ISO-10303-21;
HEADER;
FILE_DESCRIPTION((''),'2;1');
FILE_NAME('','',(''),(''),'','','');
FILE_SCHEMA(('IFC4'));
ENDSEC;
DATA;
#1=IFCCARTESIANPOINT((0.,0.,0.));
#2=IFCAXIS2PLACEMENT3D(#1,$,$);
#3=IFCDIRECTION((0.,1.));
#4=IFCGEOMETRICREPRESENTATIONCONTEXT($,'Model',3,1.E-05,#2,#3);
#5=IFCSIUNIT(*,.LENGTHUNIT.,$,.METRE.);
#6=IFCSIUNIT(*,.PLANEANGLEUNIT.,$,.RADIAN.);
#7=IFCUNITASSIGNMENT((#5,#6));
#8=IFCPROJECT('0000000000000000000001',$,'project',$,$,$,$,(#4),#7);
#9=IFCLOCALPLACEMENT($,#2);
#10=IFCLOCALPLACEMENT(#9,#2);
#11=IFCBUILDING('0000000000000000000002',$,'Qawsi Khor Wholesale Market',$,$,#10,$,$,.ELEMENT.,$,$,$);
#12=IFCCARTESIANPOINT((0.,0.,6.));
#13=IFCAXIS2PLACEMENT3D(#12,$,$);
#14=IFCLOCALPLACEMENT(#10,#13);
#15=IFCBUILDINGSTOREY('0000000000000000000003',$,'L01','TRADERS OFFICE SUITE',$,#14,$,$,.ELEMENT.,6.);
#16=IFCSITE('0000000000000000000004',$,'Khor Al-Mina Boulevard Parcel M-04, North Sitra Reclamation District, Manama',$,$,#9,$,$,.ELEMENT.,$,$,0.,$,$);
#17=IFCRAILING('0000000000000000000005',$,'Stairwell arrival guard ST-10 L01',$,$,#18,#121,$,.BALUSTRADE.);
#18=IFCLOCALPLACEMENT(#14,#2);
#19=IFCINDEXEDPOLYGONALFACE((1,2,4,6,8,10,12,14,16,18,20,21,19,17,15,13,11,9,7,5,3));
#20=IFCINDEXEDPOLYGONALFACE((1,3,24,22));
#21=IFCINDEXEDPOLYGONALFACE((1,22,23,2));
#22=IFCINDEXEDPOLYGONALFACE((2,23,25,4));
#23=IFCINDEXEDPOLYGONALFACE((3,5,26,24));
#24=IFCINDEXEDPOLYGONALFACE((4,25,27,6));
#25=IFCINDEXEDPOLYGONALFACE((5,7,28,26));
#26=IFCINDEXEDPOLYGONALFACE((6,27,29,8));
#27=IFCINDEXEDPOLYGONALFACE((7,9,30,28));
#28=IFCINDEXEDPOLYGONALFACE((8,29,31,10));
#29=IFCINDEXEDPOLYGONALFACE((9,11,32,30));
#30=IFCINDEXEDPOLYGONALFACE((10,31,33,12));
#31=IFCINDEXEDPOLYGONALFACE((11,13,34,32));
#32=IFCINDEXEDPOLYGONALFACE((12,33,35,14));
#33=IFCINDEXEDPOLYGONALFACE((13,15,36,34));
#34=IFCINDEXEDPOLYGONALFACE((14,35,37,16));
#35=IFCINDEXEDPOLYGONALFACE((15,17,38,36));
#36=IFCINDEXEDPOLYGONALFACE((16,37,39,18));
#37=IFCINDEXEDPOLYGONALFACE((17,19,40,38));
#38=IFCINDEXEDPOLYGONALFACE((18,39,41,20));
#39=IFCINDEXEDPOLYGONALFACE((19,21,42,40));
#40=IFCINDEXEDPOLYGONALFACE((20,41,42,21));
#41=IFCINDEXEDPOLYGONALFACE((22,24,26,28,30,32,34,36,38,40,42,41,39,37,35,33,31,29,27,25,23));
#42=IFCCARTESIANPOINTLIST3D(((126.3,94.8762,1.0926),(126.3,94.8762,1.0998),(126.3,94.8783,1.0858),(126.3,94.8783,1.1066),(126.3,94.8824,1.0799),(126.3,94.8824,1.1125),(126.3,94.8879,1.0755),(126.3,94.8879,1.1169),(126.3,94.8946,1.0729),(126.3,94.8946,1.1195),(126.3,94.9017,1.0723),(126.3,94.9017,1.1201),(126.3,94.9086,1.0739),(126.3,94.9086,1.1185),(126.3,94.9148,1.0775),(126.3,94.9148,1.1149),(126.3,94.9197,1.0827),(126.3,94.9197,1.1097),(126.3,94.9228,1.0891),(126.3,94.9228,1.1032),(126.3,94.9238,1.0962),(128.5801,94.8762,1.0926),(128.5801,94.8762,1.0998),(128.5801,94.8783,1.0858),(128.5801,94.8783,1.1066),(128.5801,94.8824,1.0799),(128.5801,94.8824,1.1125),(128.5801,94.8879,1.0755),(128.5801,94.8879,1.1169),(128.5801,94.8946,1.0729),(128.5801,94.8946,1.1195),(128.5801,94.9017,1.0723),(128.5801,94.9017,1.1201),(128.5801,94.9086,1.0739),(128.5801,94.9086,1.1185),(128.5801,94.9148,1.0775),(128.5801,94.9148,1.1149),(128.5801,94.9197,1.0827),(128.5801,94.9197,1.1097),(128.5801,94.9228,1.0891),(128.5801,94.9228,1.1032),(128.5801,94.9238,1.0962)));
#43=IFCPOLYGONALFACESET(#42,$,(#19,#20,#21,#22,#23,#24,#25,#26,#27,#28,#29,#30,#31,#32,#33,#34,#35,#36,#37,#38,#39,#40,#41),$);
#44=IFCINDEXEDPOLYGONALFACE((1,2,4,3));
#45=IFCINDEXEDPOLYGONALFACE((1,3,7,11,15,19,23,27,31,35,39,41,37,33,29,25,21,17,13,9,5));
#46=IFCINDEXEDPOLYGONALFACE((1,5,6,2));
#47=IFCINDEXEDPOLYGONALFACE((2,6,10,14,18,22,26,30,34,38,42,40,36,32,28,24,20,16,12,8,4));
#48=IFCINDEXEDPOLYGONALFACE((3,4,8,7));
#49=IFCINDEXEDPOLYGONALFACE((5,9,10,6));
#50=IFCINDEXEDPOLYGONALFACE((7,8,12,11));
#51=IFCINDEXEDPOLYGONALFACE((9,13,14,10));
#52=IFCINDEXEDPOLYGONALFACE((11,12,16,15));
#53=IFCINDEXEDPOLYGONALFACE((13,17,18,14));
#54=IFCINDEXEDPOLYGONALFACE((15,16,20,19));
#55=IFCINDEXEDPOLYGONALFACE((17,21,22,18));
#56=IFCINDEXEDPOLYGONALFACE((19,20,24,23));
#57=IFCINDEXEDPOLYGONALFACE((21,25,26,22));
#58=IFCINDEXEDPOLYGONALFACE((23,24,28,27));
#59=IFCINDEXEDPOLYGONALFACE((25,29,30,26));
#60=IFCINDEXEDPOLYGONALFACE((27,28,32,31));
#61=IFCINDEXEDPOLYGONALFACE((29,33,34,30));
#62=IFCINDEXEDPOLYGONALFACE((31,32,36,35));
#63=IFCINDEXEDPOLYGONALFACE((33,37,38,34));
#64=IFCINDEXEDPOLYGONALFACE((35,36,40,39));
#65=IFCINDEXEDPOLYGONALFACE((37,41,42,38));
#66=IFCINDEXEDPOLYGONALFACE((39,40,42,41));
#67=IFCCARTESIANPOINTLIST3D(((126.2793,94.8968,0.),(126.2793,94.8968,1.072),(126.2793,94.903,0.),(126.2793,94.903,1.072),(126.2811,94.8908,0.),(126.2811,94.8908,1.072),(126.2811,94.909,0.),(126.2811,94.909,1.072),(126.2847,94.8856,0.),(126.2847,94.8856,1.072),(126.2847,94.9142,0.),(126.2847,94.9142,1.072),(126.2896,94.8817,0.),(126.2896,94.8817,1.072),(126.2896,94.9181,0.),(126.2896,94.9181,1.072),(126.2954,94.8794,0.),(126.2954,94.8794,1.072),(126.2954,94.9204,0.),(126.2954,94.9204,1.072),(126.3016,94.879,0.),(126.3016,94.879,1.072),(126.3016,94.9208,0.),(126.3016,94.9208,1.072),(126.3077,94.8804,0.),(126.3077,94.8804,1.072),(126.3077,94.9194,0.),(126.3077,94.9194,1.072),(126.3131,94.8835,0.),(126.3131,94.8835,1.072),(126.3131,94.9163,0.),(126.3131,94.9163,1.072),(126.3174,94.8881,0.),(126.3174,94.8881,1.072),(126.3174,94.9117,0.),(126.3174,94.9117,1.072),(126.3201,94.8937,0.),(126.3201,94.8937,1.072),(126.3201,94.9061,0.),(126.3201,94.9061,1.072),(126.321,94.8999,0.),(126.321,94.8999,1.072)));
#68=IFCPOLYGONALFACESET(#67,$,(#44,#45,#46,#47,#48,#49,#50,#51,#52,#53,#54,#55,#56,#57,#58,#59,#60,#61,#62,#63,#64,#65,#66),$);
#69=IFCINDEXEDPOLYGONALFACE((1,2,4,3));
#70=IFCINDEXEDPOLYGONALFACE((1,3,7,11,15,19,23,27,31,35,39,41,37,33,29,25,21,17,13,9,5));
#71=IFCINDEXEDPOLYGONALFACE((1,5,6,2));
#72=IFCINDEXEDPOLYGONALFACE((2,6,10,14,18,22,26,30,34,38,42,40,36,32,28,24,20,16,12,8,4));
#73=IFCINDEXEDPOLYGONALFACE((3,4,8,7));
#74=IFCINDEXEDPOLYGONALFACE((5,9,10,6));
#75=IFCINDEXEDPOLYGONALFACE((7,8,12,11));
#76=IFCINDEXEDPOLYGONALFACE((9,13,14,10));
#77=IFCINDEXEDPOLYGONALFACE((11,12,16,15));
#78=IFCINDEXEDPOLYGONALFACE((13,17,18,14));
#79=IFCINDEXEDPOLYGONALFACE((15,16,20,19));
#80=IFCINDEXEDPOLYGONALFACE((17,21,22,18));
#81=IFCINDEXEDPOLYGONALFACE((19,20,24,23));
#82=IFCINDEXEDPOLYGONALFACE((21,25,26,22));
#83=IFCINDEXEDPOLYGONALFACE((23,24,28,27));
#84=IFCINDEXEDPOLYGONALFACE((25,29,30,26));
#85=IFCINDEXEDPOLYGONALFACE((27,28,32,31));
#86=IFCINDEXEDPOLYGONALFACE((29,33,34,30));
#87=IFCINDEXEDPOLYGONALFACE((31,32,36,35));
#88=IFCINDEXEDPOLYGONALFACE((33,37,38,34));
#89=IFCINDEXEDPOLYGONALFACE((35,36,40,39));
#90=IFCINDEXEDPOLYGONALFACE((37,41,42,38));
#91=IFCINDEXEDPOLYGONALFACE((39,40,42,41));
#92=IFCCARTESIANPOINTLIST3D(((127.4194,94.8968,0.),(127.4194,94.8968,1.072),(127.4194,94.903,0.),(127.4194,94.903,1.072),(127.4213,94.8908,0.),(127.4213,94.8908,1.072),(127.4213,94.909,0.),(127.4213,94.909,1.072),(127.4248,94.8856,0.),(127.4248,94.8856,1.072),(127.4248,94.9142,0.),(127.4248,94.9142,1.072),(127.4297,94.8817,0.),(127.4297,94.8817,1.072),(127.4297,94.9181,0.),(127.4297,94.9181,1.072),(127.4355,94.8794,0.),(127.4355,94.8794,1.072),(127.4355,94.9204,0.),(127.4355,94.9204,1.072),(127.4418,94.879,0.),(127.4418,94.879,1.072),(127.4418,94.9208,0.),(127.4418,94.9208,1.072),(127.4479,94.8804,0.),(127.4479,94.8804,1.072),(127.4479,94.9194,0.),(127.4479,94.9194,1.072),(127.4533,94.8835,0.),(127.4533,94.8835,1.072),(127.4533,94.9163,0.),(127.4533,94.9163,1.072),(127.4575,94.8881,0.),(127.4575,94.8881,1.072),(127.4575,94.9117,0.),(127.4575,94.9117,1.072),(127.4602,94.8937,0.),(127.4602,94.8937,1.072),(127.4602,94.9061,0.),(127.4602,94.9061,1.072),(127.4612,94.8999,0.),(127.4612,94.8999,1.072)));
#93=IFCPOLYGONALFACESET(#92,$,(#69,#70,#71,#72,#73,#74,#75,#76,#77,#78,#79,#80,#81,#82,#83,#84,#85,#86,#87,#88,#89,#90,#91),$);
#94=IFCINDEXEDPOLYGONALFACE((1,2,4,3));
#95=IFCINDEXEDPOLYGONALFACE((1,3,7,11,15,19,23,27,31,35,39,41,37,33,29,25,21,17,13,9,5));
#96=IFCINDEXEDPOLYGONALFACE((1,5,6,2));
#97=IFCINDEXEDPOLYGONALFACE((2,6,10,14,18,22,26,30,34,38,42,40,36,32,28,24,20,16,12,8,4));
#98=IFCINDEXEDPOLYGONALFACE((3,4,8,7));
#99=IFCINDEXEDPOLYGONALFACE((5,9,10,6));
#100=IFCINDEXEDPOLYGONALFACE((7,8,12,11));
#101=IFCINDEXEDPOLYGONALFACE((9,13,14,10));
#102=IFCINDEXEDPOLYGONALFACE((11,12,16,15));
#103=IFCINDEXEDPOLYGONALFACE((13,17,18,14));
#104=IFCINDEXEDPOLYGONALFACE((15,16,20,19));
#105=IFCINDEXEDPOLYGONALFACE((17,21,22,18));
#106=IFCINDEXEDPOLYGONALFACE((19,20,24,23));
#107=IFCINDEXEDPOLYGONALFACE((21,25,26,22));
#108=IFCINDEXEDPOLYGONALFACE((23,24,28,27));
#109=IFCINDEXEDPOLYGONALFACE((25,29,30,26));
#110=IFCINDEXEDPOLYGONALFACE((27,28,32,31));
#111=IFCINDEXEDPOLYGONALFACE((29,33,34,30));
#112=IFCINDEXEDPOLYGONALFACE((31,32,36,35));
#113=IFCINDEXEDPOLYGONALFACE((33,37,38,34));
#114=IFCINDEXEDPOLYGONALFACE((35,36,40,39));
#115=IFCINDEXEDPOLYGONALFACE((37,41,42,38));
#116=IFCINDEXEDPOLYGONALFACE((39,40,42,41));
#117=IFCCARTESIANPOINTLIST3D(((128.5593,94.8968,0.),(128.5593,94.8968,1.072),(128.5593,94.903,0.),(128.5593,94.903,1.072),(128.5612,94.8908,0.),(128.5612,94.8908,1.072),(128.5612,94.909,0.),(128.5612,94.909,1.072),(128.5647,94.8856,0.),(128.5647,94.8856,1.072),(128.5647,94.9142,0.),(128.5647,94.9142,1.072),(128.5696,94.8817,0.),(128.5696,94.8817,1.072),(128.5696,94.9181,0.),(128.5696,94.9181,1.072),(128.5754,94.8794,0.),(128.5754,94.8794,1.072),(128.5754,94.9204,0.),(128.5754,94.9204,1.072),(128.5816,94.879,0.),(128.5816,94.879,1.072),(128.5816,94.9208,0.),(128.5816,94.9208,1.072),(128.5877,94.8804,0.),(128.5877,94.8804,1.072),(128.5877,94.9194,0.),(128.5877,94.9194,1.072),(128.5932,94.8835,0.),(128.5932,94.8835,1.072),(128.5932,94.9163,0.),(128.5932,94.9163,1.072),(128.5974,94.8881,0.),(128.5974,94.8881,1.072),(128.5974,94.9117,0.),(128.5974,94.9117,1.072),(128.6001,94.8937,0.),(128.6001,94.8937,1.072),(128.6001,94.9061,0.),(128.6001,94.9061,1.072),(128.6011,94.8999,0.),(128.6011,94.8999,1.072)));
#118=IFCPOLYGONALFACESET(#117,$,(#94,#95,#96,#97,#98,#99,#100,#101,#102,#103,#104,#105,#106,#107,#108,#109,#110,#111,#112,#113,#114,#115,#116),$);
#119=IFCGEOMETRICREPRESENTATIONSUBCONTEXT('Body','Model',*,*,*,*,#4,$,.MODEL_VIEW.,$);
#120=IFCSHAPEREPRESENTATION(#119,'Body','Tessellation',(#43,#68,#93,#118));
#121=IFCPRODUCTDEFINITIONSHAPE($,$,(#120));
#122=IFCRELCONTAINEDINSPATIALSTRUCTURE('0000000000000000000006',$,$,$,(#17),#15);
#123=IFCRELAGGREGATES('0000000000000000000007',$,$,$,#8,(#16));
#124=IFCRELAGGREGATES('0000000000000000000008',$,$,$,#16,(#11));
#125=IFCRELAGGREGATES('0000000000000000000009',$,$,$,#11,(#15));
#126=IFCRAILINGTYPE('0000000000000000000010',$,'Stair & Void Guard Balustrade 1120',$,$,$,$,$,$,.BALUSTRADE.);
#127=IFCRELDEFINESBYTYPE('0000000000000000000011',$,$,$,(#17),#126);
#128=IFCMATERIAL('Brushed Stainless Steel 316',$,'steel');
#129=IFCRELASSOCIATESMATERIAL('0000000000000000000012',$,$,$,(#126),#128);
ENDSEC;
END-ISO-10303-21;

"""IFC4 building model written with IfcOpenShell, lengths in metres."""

from ifc_helpers import new_model, si_unit, direction, frame, origin, origin_2d, place, context, subcontext, project, spatial, circle, extrude, material, type_object, element, save


model = new_model("IFC4")

# Units and contexts
model_context = context("Model", 3, precision=1e-05, world=origin(), true_north=direction((0.0, 1.0)))
body_context = subcontext(model_context, "Body", "Model", "MODEL_VIEW")
ifc_project = project(units=[si_unit("LENGTHUNIT", "METRE"), si_unit("PLANEANGLEUNIT", "RADIAN")], contexts=[model_context])

# Site, building, storey
site_placement = place(None, origin())
site = spatial("IfcSite", under=ifc_project, at=site_placement, Name="Khor Al-Mina Boulevard Parcel M-04, North Sitra Reclamation District, Manama", CompositionType="ELEMENT", RefElevation=0.0)
building_placement = place(site_placement, origin())
building = spatial("IfcBuilding", under=site, at=building_placement, Name="Qawsi Khor Wholesale Market", CompositionType="ELEMENT")
storey_placement = place(building_placement, frame((0.0, 0.0, 6.0)))
storey = spatial("IfcBuildingStorey", under=building, at=storey_placement, Name="L01", Description="TRADERS OFFICE SUITE", CompositionType="ELEMENT", Elevation=6.0)

# Railing
ifc_material_1 = material(Name="Brushed Stainless Steel 316", Category="steel")
railing_type = type_object("IfcRailingType", Name="Stair & Void Guard Balustrade 1120", PredefinedType="BALUSTRADE", material=ifc_material_1)
railing_placement = place(storey_placement, frame((126.3, 94.8999, 0.0)))
element("IfcRailing", 1, at=railing_placement, inside=storey, type_object=railing_type, Name="Stairwell arrival guard ST-10 L01", PredefinedType="BALUSTRADE", context=body_context, shape_type="SweptSolid", body=[
    extrude(circle(Radius=0.0239, at=origin_2d()), frame((0.0, 0.0, 1.0962), z_axis=(1.0, 0.0, 0.0), x_axis=(0.0, 1.0, 0.0)), (0.0, 0.0, 1.0), 2.28),
    extrude(circle(Radius=0.021, at=origin_2d()), origin(), (0.0, 0.0, 1.0), 1.072),
    extrude(circle(Radius=0.021, at=origin_2d()), frame((1.1401, 0.0, 0.0)), (0.0, 0.0, 1.0), 1.072),
    extrude(circle(Radius=0.021, at=origin_2d()), frame((2.28, 0.0, 0.0)), (0.0, 0.0, 1.0), 1.072),
])

save(model, "model.ifc")
